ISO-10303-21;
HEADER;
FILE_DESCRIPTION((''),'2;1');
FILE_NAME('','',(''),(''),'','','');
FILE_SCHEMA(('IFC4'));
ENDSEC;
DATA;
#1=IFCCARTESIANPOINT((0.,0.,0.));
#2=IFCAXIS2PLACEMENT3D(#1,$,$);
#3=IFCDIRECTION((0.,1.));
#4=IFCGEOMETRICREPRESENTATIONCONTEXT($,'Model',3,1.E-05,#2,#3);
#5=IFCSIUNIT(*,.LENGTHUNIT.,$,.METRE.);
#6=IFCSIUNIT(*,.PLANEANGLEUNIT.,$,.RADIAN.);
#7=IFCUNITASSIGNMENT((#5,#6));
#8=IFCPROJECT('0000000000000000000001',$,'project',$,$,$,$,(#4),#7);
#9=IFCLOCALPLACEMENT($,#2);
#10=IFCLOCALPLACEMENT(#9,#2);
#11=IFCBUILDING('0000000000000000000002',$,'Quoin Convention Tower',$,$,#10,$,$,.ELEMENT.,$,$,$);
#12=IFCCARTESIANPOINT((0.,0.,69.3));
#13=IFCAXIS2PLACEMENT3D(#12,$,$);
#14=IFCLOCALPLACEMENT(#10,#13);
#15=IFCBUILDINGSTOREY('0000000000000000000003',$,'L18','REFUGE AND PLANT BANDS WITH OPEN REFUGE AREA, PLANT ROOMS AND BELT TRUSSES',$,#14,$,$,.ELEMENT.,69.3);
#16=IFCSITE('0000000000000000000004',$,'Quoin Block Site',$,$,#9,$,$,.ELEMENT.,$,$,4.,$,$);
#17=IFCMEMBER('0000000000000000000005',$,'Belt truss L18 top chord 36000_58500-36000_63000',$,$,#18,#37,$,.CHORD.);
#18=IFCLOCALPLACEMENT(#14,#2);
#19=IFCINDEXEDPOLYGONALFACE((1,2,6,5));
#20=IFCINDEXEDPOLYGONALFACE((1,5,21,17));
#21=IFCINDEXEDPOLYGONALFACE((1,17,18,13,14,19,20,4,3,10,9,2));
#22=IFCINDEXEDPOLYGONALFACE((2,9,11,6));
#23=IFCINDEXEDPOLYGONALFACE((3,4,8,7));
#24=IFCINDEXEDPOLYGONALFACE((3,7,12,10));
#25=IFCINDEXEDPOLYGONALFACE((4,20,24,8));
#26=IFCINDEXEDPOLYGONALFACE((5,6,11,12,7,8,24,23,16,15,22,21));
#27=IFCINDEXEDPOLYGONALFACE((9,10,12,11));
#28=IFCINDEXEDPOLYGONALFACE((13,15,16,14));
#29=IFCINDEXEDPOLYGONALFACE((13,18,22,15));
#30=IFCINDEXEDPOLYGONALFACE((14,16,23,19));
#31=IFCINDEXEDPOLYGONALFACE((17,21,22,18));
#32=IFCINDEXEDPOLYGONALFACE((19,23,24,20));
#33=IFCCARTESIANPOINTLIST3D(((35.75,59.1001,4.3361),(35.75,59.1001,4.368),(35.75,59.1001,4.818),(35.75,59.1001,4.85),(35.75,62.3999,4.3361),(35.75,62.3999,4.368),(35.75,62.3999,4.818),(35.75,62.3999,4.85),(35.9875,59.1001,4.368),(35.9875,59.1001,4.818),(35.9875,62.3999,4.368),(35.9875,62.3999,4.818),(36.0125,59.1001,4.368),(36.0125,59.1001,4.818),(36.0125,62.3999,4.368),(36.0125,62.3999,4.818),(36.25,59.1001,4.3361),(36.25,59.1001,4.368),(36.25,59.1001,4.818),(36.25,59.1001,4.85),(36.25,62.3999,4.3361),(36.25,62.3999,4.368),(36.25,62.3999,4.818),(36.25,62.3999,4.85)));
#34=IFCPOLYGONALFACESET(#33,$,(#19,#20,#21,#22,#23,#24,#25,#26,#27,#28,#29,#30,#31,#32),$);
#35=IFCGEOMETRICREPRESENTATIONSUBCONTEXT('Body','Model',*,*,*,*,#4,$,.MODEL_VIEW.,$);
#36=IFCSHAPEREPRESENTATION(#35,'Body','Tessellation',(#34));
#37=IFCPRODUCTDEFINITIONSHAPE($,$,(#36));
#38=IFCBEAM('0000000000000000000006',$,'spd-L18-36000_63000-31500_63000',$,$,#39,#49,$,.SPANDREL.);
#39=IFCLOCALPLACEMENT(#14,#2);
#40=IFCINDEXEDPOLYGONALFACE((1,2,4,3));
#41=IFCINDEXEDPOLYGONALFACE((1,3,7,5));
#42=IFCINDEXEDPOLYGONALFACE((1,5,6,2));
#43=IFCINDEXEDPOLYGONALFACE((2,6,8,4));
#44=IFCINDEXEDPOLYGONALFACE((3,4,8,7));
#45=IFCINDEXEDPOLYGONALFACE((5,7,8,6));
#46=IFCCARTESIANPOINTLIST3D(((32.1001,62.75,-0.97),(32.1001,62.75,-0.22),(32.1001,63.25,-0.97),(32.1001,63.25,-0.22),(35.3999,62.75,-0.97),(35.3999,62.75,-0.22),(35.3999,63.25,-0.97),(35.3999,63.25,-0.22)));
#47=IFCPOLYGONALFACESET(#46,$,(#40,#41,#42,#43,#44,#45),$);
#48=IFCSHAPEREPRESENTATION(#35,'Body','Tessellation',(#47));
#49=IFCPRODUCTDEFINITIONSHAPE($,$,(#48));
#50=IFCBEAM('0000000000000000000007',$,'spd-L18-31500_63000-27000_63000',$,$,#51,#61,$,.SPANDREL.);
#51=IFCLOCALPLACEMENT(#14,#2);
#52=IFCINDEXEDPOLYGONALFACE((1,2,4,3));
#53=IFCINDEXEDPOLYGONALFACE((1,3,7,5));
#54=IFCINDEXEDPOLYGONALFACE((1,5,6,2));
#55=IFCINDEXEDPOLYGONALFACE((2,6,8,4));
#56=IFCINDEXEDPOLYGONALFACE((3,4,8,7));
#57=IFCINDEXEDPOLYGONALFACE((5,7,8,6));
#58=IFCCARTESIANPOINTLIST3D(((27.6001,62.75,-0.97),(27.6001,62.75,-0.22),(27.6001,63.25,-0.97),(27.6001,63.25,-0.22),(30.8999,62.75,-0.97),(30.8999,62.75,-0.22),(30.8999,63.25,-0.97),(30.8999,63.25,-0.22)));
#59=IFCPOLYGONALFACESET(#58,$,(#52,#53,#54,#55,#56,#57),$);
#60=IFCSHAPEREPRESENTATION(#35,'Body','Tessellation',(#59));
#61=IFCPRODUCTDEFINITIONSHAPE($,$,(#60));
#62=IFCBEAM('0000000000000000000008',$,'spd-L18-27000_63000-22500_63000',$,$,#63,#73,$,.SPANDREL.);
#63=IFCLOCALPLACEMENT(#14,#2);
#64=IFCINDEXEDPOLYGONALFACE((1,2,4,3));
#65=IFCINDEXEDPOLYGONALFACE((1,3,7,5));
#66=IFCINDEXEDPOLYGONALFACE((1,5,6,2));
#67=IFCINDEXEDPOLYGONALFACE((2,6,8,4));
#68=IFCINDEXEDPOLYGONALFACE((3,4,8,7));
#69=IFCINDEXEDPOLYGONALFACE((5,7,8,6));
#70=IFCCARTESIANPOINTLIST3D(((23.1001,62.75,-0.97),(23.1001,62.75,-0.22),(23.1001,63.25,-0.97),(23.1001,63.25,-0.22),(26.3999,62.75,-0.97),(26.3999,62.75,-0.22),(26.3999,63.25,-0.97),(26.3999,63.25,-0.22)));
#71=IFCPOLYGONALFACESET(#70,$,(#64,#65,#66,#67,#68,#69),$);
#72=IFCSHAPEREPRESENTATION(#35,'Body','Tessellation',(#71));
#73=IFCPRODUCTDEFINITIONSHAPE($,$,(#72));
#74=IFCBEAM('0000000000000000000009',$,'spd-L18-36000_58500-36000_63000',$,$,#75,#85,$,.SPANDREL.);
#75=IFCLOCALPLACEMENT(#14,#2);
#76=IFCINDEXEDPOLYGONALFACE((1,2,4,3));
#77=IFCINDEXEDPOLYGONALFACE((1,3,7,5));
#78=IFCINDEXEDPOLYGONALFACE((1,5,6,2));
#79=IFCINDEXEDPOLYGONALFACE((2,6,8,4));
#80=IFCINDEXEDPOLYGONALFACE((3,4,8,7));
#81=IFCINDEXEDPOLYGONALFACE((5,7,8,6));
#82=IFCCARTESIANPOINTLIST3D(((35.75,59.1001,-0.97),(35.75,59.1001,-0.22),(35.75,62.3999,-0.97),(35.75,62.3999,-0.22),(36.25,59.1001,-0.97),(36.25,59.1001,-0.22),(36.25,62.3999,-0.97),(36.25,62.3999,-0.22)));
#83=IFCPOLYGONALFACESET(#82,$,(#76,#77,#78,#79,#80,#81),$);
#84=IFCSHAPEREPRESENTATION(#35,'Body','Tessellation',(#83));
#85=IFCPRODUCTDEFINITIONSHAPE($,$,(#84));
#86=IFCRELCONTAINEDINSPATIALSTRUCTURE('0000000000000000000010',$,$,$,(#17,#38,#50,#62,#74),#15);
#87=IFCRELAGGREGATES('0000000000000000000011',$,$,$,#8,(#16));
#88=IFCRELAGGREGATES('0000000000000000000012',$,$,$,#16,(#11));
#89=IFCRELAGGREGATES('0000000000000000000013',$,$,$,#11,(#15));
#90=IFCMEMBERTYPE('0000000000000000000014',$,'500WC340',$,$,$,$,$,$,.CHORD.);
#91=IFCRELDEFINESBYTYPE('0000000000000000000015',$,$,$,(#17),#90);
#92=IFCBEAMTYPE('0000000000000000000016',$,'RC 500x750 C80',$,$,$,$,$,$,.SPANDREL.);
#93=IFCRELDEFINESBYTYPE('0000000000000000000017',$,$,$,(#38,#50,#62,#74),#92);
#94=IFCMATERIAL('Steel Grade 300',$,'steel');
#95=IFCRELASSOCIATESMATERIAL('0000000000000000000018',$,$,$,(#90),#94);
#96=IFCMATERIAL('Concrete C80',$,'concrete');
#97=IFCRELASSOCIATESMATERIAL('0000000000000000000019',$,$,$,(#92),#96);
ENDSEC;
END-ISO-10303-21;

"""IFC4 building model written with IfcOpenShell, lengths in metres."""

from ifc_helpers import new_model, si_unit, direction, frame, origin, origin_2d, place, context, subcontext, project, spatial, rectangle, i_section, extrude, material, material_profile, profile_set, type_object, element, save


model = new_model("IFC4")

# Units and contexts
model_context = context("Model", 3, precision=1e-05, world=origin(), true_north=direction((0.0, 1.0)))
body_context = subcontext(model_context, "Body", "Model", "MODEL_VIEW")
ifc_project = project(units=[si_unit("LENGTHUNIT", "METRE"), si_unit("PLANEANGLEUNIT", "RADIAN")], contexts=[model_context])

# Site, building, storey
site_placement = place(None, origin())
site = spatial("IfcSite", under=ifc_project, at=site_placement, Name="Quoin Block Site", CompositionType="ELEMENT", RefElevation=4.0)
building_placement = place(site_placement, origin())
building = spatial("IfcBuilding", under=site, at=building_placement, Name="Quoin Convention Tower", CompositionType="ELEMENT")
storey_placement = place(building_placement, frame((0.0, 0.0, 69.3)))
storey = spatial("IfcBuildingStorey", under=building, at=storey_placement, Name="L18", Description="REFUGE AND PLANT BANDS WITH OPEN REFUGE AREA, PLANT ROOMS AND BELT TRUSSES", CompositionType="ELEMENT", Elevation=69.3)

# Shared definitions
ifc_material_1 = material(Name="Concrete C80", Category="concrete")

# Member
ifc_material_2 = material(Name="Steel Grade 300", Category="steel")
ifc_material_profile_1 = material_profile(ifc_material_2, i_section(OverallWidth=0.5, OverallDepth=0.5139, WebThickness=0.0249, FlangeThickness=0.032, at=origin_2d()), Name="500WC340")
ifc_profile_set_1 = profile_set([ifc_material_profile_1], Name="Steel Grade 300")
member_type_1 = type_object("IfcMemberType", Name="500WC340", PredefinedType="CHORD", material=ifc_profile_set_1)
for number, where, z_axis, x_axis, name in (
    (1, (36.0, 59.1001, 4.593), (0.0, 1.0, 0.0), (-1.0, 0.0, 0.0), "Belt truss L18 top chord 36000_58500-36000_63000"),
):
    element("IfcMember", number, at=place(storey_placement, frame(where, z_axis=z_axis, x_axis=x_axis)), inside=storey, type_object=member_type_1, Name=name, PredefinedType="CHORD", context=body_context, shape_type="SweptSolid", body=[
        extrude(i_section(OverallWidth=0.5, OverallDepth=0.5139, WebThickness=0.0249, FlangeThickness=0.032, at=origin_2d()), origin(), (0.0, 0.0, 1.0), 3.2998),
    ])

# Beams
ifc_material_profile_2 = material_profile(ifc_material_1, rectangle(XDim=0.5, YDim=0.75, at=origin_2d()), Name="RC 500x750")
ifc_profile_set_2 = profile_set([ifc_material_profile_2], Name="Concrete C80")
beam_type = type_object("IfcBeamType", Name="RC 500x750 C80", PredefinedType="SPANDREL", material=ifc_profile_set_2)
for number, where, z_axis, x_axis, name in (
    (2, (35.3999, 63.0, -0.595), (-1.0, 0.0, 0.0), (0.0, -1.0, 0.0), "spd-L18-36000_63000-31500_63000"),
    (3, (30.8999, 63.0, -0.595), (-1.0, 0.0, 0.0), (0.0, -1.0, 0.0), "spd-L18-31500_63000-27000_63000"),
    (4, (26.3999, 63.0, -0.595), (-1.0, 0.0, 0.0), (0.0, -1.0, 0.0), "spd-L18-27000_63000-22500_63000"),
    (5, (36.0, 59.1001, -0.595), (0.0, 1.0, 0.0), (-1.0, 0.0, 0.0), "spd-L18-36000_58500-36000_63000"),
):
    element("IfcBeam", number, at=place(storey_placement, frame(where, z_axis=z_axis, x_axis=x_axis)), inside=storey, type_object=beam_type, Name=name, PredefinedType="SPANDREL", context=body_context, shape_type="SweptSolid", body=[
        extrude(rectangle(XDim=0.5, YDim=0.75, at=origin_2d()), origin(), (0.0, 0.0, 1.0), 3.2998),
    ])

save(model, "model.ifc")
